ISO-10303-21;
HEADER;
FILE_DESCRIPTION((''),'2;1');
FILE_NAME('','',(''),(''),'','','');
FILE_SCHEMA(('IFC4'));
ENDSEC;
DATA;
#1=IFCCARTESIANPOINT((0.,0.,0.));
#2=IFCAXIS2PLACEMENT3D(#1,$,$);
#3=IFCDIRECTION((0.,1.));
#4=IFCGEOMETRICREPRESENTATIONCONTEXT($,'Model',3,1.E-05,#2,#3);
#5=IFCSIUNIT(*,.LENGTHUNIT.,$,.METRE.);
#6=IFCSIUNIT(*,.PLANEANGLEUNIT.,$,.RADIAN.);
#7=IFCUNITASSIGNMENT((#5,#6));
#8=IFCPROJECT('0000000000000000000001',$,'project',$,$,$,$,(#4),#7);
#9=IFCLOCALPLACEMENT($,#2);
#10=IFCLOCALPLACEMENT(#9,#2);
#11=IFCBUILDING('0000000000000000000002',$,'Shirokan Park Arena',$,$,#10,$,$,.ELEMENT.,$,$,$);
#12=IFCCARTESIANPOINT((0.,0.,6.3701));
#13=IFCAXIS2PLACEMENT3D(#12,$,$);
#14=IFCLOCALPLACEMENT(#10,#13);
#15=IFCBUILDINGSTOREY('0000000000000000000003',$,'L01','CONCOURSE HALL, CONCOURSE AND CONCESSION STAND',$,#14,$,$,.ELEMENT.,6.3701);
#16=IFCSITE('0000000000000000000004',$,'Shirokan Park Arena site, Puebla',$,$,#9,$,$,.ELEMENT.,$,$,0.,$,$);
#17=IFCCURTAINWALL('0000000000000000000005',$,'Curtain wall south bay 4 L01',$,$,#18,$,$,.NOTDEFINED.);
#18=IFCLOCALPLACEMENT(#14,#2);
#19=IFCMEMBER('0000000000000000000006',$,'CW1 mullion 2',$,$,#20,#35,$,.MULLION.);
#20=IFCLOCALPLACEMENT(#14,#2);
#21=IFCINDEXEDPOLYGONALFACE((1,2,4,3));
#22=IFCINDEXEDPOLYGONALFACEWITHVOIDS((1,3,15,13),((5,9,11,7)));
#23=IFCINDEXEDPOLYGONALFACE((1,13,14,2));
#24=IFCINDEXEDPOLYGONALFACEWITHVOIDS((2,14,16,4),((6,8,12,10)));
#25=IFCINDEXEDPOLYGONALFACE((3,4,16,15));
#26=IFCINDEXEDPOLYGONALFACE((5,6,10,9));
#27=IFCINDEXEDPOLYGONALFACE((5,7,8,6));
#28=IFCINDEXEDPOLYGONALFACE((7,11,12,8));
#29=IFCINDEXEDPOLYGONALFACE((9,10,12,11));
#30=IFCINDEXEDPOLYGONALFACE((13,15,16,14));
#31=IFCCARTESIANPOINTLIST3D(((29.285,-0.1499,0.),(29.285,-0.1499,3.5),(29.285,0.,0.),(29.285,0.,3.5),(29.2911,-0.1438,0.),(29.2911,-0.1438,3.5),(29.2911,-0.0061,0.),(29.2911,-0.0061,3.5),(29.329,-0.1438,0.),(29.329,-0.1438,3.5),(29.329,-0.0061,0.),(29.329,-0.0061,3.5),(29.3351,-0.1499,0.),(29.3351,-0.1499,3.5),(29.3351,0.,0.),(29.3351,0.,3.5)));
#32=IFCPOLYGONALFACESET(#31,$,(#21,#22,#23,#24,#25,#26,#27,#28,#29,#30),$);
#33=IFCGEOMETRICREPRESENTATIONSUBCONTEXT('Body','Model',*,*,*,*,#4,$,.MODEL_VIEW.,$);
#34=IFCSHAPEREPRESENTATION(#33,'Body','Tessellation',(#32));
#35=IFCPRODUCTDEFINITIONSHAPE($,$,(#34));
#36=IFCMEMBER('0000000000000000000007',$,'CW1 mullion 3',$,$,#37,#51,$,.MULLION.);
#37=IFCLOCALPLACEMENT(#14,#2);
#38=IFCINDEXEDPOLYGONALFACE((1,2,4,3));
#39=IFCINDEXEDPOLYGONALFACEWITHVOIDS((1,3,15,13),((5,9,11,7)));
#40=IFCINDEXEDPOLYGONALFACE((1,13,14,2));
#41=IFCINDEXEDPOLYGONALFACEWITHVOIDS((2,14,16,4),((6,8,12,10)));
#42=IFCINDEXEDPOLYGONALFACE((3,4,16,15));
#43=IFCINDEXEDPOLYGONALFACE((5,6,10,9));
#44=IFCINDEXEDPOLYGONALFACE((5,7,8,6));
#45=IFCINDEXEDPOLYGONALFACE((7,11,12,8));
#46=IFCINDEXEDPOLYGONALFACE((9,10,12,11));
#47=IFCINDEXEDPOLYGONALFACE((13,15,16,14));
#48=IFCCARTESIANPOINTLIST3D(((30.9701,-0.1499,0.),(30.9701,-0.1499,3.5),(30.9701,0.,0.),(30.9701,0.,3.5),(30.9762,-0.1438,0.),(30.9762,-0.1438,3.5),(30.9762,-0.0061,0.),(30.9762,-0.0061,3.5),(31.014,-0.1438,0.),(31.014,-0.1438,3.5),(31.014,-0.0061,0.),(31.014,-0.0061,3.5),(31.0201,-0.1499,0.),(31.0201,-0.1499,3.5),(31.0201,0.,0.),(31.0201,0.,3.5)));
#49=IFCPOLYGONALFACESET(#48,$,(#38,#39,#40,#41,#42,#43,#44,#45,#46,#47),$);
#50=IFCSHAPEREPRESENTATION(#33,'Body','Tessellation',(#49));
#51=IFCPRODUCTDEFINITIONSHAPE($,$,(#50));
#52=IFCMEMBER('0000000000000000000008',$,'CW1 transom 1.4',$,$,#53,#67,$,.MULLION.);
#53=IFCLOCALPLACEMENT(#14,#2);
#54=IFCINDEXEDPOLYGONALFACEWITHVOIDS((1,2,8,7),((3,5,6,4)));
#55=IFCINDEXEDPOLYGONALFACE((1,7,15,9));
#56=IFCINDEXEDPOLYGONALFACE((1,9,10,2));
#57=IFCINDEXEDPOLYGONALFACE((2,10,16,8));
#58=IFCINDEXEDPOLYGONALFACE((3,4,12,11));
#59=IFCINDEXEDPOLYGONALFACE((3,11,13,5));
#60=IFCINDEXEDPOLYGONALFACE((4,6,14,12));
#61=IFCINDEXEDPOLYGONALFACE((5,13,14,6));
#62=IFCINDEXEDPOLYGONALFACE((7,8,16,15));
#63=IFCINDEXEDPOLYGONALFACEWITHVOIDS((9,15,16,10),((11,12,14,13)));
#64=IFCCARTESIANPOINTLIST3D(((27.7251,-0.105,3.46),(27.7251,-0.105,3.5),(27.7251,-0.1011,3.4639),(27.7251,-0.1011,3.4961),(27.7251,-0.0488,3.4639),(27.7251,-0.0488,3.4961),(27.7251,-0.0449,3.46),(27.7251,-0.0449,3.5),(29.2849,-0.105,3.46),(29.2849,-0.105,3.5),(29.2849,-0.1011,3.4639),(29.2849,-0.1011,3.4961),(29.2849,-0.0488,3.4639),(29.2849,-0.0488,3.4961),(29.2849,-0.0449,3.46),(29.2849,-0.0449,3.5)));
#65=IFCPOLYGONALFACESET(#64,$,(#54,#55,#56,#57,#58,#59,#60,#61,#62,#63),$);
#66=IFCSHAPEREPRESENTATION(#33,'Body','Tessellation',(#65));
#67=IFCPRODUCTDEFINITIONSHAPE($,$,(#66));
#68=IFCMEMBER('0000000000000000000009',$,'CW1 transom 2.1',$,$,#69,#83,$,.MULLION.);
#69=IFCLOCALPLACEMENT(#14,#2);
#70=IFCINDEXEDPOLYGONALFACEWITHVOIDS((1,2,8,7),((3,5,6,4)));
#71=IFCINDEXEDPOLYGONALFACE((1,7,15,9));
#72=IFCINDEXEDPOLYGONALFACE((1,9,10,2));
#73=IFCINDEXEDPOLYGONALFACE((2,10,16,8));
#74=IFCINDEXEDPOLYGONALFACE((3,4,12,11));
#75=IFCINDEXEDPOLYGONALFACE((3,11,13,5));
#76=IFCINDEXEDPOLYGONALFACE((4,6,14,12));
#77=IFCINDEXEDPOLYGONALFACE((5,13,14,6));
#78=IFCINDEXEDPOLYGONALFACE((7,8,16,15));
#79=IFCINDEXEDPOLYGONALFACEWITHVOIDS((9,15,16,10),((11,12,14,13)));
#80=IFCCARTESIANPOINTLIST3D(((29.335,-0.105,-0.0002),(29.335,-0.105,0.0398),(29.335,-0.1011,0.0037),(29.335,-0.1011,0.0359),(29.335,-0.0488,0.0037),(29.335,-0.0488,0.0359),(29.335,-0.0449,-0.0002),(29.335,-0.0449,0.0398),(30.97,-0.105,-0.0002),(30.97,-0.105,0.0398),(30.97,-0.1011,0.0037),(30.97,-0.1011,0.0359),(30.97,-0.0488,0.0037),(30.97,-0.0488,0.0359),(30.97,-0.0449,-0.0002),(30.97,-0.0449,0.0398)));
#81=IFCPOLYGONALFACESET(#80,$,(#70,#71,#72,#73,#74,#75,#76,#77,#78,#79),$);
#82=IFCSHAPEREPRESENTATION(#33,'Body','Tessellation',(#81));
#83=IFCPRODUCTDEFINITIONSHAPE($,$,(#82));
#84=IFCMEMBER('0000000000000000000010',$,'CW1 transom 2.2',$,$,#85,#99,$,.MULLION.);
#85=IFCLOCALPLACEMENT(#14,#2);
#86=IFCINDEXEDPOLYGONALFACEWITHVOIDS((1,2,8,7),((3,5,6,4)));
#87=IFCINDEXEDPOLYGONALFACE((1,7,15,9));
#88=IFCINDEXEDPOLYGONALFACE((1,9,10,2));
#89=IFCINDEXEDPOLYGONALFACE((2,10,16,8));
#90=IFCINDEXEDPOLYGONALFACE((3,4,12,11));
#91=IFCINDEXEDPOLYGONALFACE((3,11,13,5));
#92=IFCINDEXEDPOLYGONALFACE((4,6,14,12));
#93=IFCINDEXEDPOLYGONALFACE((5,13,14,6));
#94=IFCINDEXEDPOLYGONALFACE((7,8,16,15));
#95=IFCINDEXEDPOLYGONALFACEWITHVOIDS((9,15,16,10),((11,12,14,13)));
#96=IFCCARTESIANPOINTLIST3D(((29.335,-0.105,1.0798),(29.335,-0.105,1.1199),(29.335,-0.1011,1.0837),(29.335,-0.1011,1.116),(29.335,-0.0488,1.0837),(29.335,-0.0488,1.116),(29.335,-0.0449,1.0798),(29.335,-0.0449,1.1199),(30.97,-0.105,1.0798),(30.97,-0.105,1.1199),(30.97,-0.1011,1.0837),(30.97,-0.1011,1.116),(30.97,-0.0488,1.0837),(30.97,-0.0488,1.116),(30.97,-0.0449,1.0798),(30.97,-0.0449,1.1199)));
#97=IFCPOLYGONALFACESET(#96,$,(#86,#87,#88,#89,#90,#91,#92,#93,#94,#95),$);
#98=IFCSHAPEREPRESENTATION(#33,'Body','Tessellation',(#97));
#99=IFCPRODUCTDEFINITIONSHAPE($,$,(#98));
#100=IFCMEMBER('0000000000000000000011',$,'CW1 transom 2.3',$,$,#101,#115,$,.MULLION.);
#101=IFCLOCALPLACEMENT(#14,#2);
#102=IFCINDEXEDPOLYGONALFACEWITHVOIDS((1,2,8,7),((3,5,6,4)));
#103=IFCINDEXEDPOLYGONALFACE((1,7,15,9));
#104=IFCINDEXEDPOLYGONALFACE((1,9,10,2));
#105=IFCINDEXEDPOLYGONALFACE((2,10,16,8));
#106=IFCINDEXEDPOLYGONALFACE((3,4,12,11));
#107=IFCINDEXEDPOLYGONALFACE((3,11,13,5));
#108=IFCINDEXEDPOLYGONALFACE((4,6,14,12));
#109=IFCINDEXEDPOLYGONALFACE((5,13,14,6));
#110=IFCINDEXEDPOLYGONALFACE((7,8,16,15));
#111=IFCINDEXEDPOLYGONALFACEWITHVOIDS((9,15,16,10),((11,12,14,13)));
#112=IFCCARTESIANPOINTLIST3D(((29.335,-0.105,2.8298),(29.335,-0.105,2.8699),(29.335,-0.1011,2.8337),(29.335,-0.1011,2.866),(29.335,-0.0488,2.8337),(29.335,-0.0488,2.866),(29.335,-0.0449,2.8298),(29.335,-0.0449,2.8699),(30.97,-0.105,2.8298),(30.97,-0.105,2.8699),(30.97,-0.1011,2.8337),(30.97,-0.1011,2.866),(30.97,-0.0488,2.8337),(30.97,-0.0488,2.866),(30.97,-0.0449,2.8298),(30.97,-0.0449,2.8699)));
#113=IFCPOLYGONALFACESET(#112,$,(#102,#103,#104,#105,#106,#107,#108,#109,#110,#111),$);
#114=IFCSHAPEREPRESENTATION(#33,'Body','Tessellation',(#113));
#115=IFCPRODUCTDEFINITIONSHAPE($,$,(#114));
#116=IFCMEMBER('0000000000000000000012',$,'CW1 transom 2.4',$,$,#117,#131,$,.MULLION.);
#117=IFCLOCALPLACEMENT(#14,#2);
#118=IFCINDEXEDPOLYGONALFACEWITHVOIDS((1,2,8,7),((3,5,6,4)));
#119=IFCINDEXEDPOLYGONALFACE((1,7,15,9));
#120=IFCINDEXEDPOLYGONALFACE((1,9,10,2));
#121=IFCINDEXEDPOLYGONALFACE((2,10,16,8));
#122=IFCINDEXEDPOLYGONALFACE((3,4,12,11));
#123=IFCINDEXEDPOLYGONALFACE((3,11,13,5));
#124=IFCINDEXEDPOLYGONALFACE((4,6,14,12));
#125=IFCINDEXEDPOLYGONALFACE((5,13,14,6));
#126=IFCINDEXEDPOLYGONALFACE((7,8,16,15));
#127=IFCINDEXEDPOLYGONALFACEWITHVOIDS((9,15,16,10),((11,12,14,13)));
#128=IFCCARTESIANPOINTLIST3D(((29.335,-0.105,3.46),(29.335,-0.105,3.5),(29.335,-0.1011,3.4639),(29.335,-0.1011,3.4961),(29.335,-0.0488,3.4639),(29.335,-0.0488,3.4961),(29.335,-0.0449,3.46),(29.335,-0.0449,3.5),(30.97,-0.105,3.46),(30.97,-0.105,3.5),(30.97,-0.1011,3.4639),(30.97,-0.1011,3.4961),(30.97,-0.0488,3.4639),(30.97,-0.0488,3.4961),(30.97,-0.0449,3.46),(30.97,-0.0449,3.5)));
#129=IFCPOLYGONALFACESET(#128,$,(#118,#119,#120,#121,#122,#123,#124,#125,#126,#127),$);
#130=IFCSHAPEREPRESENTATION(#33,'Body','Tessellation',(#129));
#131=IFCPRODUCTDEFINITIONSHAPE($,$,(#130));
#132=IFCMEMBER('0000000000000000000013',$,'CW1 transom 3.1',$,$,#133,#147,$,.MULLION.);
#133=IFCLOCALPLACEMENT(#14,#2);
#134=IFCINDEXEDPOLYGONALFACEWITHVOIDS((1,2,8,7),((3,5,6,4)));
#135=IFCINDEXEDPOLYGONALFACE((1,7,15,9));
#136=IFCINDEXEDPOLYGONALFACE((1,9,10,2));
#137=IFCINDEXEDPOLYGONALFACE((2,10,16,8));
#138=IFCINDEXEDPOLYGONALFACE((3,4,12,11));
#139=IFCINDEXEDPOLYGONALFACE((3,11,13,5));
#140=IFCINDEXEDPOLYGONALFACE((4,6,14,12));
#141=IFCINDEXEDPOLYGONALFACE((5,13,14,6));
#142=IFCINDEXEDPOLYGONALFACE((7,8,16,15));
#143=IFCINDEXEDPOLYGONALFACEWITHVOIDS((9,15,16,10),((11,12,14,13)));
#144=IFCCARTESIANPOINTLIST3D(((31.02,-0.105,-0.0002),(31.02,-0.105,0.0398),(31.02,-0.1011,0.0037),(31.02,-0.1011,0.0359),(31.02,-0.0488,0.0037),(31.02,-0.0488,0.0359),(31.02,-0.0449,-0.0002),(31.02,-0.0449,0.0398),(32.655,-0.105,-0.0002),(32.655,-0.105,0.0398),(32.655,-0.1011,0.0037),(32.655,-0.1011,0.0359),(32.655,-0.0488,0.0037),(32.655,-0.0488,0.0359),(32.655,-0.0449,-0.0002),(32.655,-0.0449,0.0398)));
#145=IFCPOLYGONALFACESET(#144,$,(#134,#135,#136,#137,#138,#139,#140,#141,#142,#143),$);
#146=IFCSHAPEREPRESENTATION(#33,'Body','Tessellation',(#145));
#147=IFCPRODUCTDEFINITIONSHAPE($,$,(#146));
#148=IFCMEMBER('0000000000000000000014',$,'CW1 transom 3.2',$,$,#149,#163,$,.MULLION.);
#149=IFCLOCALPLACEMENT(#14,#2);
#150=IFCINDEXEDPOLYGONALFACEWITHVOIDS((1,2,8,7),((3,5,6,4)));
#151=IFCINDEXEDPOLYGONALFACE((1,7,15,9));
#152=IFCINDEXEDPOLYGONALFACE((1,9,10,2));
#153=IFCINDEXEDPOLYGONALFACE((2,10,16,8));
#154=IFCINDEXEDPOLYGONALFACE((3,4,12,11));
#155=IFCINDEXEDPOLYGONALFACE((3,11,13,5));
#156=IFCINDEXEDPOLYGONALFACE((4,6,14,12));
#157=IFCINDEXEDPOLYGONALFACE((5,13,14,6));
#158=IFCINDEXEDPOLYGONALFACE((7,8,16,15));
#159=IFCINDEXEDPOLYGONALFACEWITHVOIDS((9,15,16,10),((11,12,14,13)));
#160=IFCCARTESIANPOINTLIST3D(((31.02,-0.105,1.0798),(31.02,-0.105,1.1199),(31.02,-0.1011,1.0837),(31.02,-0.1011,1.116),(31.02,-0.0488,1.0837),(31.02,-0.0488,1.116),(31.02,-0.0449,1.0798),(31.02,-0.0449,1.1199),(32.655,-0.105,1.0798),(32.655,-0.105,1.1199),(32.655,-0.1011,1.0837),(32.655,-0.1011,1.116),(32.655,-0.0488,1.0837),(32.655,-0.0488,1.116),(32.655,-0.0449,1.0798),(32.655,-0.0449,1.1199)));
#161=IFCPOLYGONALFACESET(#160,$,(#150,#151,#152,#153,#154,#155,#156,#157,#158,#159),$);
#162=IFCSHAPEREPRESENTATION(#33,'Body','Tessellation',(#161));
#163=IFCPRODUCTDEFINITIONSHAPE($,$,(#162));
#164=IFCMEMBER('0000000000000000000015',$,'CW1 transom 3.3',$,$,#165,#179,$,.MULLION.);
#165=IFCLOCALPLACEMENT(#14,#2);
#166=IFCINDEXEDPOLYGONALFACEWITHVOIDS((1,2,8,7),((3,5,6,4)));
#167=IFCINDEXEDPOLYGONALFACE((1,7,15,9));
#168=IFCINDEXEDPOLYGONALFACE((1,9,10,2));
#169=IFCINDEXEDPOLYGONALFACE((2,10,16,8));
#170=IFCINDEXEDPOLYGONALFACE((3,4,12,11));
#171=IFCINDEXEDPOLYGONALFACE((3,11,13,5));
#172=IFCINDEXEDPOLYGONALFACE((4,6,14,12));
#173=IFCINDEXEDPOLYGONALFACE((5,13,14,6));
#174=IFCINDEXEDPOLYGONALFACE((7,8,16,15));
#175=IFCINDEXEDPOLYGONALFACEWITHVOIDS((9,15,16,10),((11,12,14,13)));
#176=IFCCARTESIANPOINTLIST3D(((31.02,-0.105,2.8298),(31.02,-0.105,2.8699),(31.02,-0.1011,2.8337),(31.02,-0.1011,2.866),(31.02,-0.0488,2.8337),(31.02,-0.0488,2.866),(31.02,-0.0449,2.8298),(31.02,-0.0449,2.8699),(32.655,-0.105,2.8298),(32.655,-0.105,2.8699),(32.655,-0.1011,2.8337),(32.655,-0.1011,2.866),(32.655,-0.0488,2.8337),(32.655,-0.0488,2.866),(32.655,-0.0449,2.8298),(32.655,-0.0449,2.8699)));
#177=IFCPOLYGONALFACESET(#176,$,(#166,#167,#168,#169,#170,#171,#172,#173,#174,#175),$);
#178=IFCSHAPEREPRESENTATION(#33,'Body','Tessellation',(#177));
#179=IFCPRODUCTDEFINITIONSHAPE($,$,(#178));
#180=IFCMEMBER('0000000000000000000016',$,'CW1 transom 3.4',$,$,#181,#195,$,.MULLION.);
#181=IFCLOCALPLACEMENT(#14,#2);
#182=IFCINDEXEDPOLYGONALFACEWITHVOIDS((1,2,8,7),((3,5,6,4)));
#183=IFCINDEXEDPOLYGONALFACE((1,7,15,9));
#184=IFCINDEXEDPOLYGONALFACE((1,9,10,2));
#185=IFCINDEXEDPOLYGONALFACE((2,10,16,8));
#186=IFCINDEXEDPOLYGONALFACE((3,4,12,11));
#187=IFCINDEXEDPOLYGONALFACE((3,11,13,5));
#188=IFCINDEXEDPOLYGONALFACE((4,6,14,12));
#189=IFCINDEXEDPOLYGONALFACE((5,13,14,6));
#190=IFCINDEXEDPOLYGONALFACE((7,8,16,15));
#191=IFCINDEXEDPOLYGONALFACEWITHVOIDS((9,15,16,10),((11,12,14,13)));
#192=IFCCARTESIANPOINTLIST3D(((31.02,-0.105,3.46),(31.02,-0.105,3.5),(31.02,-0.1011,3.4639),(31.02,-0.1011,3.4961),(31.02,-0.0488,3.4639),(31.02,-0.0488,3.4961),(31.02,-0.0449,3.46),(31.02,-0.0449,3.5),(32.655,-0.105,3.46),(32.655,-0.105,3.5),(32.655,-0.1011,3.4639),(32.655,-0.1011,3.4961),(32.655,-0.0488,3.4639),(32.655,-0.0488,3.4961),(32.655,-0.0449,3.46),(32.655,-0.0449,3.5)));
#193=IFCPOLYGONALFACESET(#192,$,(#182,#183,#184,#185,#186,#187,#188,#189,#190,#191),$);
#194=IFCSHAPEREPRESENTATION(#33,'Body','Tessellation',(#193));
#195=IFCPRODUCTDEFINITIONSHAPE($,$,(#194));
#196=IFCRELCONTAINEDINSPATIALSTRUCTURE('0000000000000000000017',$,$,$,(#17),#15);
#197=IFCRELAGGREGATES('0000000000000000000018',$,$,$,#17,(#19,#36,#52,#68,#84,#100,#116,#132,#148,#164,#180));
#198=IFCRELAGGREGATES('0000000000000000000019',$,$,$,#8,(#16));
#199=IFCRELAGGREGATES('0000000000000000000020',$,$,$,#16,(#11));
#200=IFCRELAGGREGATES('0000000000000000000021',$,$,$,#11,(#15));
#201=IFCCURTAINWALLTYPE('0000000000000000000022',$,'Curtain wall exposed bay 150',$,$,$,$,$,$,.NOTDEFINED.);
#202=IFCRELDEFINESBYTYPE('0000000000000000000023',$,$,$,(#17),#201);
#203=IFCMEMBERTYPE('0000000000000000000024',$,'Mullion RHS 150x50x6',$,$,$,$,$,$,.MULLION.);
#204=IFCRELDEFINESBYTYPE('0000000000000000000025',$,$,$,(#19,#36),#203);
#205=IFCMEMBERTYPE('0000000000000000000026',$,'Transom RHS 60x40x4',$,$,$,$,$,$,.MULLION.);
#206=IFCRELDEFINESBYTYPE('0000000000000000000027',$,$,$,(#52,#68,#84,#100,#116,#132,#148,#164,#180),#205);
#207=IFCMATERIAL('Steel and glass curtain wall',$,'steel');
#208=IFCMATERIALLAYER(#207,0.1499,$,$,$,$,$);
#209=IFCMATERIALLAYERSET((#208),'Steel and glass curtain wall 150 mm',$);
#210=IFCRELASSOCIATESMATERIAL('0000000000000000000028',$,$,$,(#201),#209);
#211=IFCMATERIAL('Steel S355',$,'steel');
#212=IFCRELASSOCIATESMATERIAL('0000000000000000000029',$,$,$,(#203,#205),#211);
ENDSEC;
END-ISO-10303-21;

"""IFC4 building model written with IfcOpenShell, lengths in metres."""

from ifc_helpers import new_model, si_unit, direction, frame, origin, origin_2d, place, context, subcontext, project, spatial, hollow_rectangle, extrude, material, layer, layer_set, material_profile, profile_set, type_object, element, aggregate, save


model = new_model("IFC4")

# Units and contexts
model_context = context("Model", 3, precision=1e-05, world=origin(), true_north=direction((0.0, 1.0)))
body_context = subcontext(model_context, "Body", "Model", "MODEL_VIEW")
ifc_project = project(units=[si_unit("LENGTHUNIT", "METRE"), si_unit("PLANEANGLEUNIT", "RADIAN")], contexts=[model_context])

# Site, building, storey
site_placement = place(None, origin())
site = spatial("IfcSite", under=ifc_project, at=site_placement, Name="Shirokan Park Arena site, Puebla", CompositionType="ELEMENT", RefElevation=0.0)
building_placement = place(site_placement, origin())
building = spatial("IfcBuilding", under=site, at=building_placement, Name="Shirokan Park Arena", CompositionType="ELEMENT")
storey_placement = place(building_placement, frame((0.0, 0.0, 6.3701)))
storey = spatial("IfcBuildingStorey", under=building, at=storey_placement, Name="L01", Description="CONCOURSE HALL, CONCOURSE AND CONCESSION STAND", CompositionType="ELEMENT", Elevation=6.3701)

# Curtain wall, members
ifc_material_1 = material(Name="Steel and glass curtain wall", Category="steel")
ifc_layer_1 = layer(ifc_material_1, 0.1499)
ifc_layer_set_1 = layer_set([ifc_layer_1], Name="Steel and glass curtain wall 150 mm")
curtain_wall_type = type_object("IfcCurtainWallType", Name="Curtain wall exposed bay 150", PredefinedType="NOTDEFINED", material=ifc_layer_set_1)
curtain_wall_placement = place(storey_placement, origin())
curtain_wall = element("IfcCurtainWall", 1, at=curtain_wall_placement, inside=storey, type_object=curtain_wall_type, Name="Curtain wall south bay 4 L01", PredefinedType="NOTDEFINED")
ifc_material_2 = material(Name="Steel S355", Category="steel")
ifc_material_profile_1 = material_profile(ifc_material_2, hollow_rectangle(XDim=0.1499, YDim=0.05, WallThickness=0.0061, at=origin_2d()), Name="RHS 150x50x6")
ifc_profile_set_1 = profile_set([ifc_material_profile_1], Name="Steel S355")
member_type_1 = type_object("IfcMemberType", Name="Mullion RHS 150x50x6", PredefinedType="MULLION", material=ifc_profile_set_1)
member_1_placement = place(storey_placement, frame((29.3101, -0.075, 0.0), z_axis=(0.0, 0.0, 1.0), x_axis=(0.0, 1.0, 0.0)))
member_1 = element("IfcMember", 2, at=member_1_placement, type_object=member_type_1, Name="CW1 mullion 2", PredefinedType="MULLION", context=body_context, shape_type="SweptSolid", body=[
    extrude(hollow_rectangle(XDim=0.1499, YDim=0.05, WallThickness=0.0061, at=origin_2d()), origin(), (0.0, 0.0, 1.0), 3.5),
])
member_2_placement = place(storey_placement, frame((30.9951, -0.075, 0.0), z_axis=(0.0, 0.0, 1.0), x_axis=(0.0, 1.0, 0.0)))
member_2 = element("IfcMember", 3, at=member_2_placement, type_object=member_type_1, Name="CW1 mullion 3", PredefinedType="MULLION", context=body_context, shape_type="SweptSolid", body=[
    extrude(hollow_rectangle(XDim=0.1499, YDim=0.05, WallThickness=0.0061, at=origin_2d()), origin(), (0.0, 0.0, 1.0), 3.5),
])
ifc_material_profile_2 = material_profile(ifc_material_2, hollow_rectangle(XDim=0.0601, YDim=0.04, WallThickness=0.0039, at=origin_2d()), Name="RHS 60x40x4")
ifc_profile_set_2 = profile_set([ifc_material_profile_2], Name="Steel S355")
member_type_2 = type_object("IfcMemberType", Name="Transom RHS 60x40x4", PredefinedType="MULLION", material=ifc_profile_set_2)
member_3_placement = place(storey_placement, frame((27.7251, -0.075, 3.48), z_axis=(1.0, 0.0, 0.0), x_axis=(0.0, 1.0, 0.0)))
member_3 = element("IfcMember", 4, at=member_3_placement, type_object=member_type_2, Name="CW1 transom 1.4", PredefinedType="MULLION", context=body_context, shape_type="SweptSolid", body=[
    extrude(hollow_rectangle(XDim=0.0601, YDim=0.04, WallThickness=0.0039, at=origin_2d()), origin(), (0.0, 0.0, 1.0), 1.5598),
])
member_4_placement = place(storey_placement, frame((29.335, -0.075, 0.0198), z_axis=(1.0, 0.0, 0.0), x_axis=(0.0, 1.0, 0.0)))
member_4 = element("IfcMember", 5, at=member_4_placement, type_object=member_type_2, Name="CW1 transom 2.1", PredefinedType="MULLION", context=body_context, shape_type="SweptSolid", body=[
    extrude(hollow_rectangle(XDim=0.0601, YDim=0.04, WallThickness=0.0039, at=origin_2d()), origin(), (0.0, 0.0, 1.0), 1.635),
])
member_5_placement = place(storey_placement, frame((29.335, -0.075, 1.0999), z_axis=(1.0, 0.0, 0.0), x_axis=(0.0, 1.0, 0.0)))
member_5 = element("IfcMember", 6, at=member_5_placement, type_object=member_type_2, Name="CW1 transom 2.2", PredefinedType="MULLION", context=body_context, shape_type="SweptSolid", body=[
    extrude(hollow_rectangle(XDim=0.0601, YDim=0.04, WallThickness=0.0039, at=origin_2d()), origin(), (0.0, 0.0, 1.0), 1.635),
])
member_6_placement = place(storey_placement, frame((29.335, -0.075, 2.8499), z_axis=(1.0, 0.0, 0.0), x_axis=(0.0, 1.0, 0.0)))
member_6 = element("IfcMember", 7, at=member_6_placement, type_object=member_type_2, Name="CW1 transom 2.3", PredefinedType="MULLION", context=body_context, shape_type="SweptSolid", body=[
    extrude(hollow_rectangle(XDim=0.0601, YDim=0.04, WallThickness=0.0039, at=origin_2d()), origin(), (0.0, 0.0, 1.0), 1.635),
])
member_7_placement = place(storey_placement, frame((29.335, -0.075, 3.48), z_axis=(1.0, 0.0, 0.0), x_axis=(0.0, 1.0, 0.0)))
member_7 = element("IfcMember", 8, at=member_7_placement, type_object=member_type_2, Name="CW1 transom 2.4", PredefinedType="MULLION", context=body_context, shape_type="SweptSolid", body=[
    extrude(hollow_rectangle(XDim=0.0601, YDim=0.04, WallThickness=0.0039, at=origin_2d()), origin(), (0.0, 0.0, 1.0), 1.635),
])
member_8_placement = place(storey_placement, frame((31.02, -0.075, 0.0198), z_axis=(1.0, 0.0, 0.0), x_axis=(0.0, 1.0, 0.0)))
member_8 = element("IfcMember", 9, at=member_8_placement, type_object=member_type_2, Name="CW1 transom 3.1", PredefinedType="MULLION", context=body_context, shape_type="SweptSolid", body=[
    extrude(hollow_rectangle(XDim=0.0601, YDim=0.04, WallThickness=0.0039, at=origin_2d()), origin(), (0.0, 0.0, 1.0), 1.635),
])
member_9_placement = place(storey_placement, frame((31.02, -0.075, 1.0999), z_axis=(1.0, 0.0, 0.0), x_axis=(0.0, 1.0, 0.0)))
member_9 = element("IfcMember", 10, at=member_9_placement, type_object=member_type_2, Name="CW1 transom 3.2", PredefinedType="MULLION", context=body_context, shape_type="SweptSolid", body=[
    extrude(hollow_rectangle(XDim=0.0601, YDim=0.04, WallThickness=0.0039, at=origin_2d()), origin(), (0.0, 0.0, 1.0), 1.635),
])
member_10_placement = place(storey_placement, frame((31.02, -0.075, 2.8499), z_axis=(1.0, 0.0, 0.0), x_axis=(0.0, 1.0, 0.0)))
member_10 = element("IfcMember", 11, at=member_10_placement, type_object=member_type_2, Name="CW1 transom 3.3", PredefinedType="MULLION", context=body_context, shape_type="SweptSolid", body=[
    extrude(hollow_rectangle(XDim=0.0601, YDim=0.04, WallThickness=0.0039, at=origin_2d()), origin(), (0.0, 0.0, 1.0), 1.635),
])
member_11_placement = place(storey_placement, frame((31.02, -0.075, 3.48), z_axis=(1.0, 0.0, 0.0), x_axis=(0.0, 1.0, 0.0)))
member_11 = element("IfcMember", 12, at=member_11_placement, type_object=member_type_2, Name="CW1 transom 3.4", PredefinedType="MULLION", context=body_context, shape_type="SweptSolid", body=[
    extrude(hollow_rectangle(XDim=0.0601, YDim=0.04, WallThickness=0.0039, at=origin_2d()), origin(), (0.0, 0.0, 1.0), 1.635),
])
aggregate(curtain_wall, [member_1, member_2, member_3, member_4, member_5, member_6, member_7, member_8, member_9, member_10, member_11])

save(model, "model.ifc")
